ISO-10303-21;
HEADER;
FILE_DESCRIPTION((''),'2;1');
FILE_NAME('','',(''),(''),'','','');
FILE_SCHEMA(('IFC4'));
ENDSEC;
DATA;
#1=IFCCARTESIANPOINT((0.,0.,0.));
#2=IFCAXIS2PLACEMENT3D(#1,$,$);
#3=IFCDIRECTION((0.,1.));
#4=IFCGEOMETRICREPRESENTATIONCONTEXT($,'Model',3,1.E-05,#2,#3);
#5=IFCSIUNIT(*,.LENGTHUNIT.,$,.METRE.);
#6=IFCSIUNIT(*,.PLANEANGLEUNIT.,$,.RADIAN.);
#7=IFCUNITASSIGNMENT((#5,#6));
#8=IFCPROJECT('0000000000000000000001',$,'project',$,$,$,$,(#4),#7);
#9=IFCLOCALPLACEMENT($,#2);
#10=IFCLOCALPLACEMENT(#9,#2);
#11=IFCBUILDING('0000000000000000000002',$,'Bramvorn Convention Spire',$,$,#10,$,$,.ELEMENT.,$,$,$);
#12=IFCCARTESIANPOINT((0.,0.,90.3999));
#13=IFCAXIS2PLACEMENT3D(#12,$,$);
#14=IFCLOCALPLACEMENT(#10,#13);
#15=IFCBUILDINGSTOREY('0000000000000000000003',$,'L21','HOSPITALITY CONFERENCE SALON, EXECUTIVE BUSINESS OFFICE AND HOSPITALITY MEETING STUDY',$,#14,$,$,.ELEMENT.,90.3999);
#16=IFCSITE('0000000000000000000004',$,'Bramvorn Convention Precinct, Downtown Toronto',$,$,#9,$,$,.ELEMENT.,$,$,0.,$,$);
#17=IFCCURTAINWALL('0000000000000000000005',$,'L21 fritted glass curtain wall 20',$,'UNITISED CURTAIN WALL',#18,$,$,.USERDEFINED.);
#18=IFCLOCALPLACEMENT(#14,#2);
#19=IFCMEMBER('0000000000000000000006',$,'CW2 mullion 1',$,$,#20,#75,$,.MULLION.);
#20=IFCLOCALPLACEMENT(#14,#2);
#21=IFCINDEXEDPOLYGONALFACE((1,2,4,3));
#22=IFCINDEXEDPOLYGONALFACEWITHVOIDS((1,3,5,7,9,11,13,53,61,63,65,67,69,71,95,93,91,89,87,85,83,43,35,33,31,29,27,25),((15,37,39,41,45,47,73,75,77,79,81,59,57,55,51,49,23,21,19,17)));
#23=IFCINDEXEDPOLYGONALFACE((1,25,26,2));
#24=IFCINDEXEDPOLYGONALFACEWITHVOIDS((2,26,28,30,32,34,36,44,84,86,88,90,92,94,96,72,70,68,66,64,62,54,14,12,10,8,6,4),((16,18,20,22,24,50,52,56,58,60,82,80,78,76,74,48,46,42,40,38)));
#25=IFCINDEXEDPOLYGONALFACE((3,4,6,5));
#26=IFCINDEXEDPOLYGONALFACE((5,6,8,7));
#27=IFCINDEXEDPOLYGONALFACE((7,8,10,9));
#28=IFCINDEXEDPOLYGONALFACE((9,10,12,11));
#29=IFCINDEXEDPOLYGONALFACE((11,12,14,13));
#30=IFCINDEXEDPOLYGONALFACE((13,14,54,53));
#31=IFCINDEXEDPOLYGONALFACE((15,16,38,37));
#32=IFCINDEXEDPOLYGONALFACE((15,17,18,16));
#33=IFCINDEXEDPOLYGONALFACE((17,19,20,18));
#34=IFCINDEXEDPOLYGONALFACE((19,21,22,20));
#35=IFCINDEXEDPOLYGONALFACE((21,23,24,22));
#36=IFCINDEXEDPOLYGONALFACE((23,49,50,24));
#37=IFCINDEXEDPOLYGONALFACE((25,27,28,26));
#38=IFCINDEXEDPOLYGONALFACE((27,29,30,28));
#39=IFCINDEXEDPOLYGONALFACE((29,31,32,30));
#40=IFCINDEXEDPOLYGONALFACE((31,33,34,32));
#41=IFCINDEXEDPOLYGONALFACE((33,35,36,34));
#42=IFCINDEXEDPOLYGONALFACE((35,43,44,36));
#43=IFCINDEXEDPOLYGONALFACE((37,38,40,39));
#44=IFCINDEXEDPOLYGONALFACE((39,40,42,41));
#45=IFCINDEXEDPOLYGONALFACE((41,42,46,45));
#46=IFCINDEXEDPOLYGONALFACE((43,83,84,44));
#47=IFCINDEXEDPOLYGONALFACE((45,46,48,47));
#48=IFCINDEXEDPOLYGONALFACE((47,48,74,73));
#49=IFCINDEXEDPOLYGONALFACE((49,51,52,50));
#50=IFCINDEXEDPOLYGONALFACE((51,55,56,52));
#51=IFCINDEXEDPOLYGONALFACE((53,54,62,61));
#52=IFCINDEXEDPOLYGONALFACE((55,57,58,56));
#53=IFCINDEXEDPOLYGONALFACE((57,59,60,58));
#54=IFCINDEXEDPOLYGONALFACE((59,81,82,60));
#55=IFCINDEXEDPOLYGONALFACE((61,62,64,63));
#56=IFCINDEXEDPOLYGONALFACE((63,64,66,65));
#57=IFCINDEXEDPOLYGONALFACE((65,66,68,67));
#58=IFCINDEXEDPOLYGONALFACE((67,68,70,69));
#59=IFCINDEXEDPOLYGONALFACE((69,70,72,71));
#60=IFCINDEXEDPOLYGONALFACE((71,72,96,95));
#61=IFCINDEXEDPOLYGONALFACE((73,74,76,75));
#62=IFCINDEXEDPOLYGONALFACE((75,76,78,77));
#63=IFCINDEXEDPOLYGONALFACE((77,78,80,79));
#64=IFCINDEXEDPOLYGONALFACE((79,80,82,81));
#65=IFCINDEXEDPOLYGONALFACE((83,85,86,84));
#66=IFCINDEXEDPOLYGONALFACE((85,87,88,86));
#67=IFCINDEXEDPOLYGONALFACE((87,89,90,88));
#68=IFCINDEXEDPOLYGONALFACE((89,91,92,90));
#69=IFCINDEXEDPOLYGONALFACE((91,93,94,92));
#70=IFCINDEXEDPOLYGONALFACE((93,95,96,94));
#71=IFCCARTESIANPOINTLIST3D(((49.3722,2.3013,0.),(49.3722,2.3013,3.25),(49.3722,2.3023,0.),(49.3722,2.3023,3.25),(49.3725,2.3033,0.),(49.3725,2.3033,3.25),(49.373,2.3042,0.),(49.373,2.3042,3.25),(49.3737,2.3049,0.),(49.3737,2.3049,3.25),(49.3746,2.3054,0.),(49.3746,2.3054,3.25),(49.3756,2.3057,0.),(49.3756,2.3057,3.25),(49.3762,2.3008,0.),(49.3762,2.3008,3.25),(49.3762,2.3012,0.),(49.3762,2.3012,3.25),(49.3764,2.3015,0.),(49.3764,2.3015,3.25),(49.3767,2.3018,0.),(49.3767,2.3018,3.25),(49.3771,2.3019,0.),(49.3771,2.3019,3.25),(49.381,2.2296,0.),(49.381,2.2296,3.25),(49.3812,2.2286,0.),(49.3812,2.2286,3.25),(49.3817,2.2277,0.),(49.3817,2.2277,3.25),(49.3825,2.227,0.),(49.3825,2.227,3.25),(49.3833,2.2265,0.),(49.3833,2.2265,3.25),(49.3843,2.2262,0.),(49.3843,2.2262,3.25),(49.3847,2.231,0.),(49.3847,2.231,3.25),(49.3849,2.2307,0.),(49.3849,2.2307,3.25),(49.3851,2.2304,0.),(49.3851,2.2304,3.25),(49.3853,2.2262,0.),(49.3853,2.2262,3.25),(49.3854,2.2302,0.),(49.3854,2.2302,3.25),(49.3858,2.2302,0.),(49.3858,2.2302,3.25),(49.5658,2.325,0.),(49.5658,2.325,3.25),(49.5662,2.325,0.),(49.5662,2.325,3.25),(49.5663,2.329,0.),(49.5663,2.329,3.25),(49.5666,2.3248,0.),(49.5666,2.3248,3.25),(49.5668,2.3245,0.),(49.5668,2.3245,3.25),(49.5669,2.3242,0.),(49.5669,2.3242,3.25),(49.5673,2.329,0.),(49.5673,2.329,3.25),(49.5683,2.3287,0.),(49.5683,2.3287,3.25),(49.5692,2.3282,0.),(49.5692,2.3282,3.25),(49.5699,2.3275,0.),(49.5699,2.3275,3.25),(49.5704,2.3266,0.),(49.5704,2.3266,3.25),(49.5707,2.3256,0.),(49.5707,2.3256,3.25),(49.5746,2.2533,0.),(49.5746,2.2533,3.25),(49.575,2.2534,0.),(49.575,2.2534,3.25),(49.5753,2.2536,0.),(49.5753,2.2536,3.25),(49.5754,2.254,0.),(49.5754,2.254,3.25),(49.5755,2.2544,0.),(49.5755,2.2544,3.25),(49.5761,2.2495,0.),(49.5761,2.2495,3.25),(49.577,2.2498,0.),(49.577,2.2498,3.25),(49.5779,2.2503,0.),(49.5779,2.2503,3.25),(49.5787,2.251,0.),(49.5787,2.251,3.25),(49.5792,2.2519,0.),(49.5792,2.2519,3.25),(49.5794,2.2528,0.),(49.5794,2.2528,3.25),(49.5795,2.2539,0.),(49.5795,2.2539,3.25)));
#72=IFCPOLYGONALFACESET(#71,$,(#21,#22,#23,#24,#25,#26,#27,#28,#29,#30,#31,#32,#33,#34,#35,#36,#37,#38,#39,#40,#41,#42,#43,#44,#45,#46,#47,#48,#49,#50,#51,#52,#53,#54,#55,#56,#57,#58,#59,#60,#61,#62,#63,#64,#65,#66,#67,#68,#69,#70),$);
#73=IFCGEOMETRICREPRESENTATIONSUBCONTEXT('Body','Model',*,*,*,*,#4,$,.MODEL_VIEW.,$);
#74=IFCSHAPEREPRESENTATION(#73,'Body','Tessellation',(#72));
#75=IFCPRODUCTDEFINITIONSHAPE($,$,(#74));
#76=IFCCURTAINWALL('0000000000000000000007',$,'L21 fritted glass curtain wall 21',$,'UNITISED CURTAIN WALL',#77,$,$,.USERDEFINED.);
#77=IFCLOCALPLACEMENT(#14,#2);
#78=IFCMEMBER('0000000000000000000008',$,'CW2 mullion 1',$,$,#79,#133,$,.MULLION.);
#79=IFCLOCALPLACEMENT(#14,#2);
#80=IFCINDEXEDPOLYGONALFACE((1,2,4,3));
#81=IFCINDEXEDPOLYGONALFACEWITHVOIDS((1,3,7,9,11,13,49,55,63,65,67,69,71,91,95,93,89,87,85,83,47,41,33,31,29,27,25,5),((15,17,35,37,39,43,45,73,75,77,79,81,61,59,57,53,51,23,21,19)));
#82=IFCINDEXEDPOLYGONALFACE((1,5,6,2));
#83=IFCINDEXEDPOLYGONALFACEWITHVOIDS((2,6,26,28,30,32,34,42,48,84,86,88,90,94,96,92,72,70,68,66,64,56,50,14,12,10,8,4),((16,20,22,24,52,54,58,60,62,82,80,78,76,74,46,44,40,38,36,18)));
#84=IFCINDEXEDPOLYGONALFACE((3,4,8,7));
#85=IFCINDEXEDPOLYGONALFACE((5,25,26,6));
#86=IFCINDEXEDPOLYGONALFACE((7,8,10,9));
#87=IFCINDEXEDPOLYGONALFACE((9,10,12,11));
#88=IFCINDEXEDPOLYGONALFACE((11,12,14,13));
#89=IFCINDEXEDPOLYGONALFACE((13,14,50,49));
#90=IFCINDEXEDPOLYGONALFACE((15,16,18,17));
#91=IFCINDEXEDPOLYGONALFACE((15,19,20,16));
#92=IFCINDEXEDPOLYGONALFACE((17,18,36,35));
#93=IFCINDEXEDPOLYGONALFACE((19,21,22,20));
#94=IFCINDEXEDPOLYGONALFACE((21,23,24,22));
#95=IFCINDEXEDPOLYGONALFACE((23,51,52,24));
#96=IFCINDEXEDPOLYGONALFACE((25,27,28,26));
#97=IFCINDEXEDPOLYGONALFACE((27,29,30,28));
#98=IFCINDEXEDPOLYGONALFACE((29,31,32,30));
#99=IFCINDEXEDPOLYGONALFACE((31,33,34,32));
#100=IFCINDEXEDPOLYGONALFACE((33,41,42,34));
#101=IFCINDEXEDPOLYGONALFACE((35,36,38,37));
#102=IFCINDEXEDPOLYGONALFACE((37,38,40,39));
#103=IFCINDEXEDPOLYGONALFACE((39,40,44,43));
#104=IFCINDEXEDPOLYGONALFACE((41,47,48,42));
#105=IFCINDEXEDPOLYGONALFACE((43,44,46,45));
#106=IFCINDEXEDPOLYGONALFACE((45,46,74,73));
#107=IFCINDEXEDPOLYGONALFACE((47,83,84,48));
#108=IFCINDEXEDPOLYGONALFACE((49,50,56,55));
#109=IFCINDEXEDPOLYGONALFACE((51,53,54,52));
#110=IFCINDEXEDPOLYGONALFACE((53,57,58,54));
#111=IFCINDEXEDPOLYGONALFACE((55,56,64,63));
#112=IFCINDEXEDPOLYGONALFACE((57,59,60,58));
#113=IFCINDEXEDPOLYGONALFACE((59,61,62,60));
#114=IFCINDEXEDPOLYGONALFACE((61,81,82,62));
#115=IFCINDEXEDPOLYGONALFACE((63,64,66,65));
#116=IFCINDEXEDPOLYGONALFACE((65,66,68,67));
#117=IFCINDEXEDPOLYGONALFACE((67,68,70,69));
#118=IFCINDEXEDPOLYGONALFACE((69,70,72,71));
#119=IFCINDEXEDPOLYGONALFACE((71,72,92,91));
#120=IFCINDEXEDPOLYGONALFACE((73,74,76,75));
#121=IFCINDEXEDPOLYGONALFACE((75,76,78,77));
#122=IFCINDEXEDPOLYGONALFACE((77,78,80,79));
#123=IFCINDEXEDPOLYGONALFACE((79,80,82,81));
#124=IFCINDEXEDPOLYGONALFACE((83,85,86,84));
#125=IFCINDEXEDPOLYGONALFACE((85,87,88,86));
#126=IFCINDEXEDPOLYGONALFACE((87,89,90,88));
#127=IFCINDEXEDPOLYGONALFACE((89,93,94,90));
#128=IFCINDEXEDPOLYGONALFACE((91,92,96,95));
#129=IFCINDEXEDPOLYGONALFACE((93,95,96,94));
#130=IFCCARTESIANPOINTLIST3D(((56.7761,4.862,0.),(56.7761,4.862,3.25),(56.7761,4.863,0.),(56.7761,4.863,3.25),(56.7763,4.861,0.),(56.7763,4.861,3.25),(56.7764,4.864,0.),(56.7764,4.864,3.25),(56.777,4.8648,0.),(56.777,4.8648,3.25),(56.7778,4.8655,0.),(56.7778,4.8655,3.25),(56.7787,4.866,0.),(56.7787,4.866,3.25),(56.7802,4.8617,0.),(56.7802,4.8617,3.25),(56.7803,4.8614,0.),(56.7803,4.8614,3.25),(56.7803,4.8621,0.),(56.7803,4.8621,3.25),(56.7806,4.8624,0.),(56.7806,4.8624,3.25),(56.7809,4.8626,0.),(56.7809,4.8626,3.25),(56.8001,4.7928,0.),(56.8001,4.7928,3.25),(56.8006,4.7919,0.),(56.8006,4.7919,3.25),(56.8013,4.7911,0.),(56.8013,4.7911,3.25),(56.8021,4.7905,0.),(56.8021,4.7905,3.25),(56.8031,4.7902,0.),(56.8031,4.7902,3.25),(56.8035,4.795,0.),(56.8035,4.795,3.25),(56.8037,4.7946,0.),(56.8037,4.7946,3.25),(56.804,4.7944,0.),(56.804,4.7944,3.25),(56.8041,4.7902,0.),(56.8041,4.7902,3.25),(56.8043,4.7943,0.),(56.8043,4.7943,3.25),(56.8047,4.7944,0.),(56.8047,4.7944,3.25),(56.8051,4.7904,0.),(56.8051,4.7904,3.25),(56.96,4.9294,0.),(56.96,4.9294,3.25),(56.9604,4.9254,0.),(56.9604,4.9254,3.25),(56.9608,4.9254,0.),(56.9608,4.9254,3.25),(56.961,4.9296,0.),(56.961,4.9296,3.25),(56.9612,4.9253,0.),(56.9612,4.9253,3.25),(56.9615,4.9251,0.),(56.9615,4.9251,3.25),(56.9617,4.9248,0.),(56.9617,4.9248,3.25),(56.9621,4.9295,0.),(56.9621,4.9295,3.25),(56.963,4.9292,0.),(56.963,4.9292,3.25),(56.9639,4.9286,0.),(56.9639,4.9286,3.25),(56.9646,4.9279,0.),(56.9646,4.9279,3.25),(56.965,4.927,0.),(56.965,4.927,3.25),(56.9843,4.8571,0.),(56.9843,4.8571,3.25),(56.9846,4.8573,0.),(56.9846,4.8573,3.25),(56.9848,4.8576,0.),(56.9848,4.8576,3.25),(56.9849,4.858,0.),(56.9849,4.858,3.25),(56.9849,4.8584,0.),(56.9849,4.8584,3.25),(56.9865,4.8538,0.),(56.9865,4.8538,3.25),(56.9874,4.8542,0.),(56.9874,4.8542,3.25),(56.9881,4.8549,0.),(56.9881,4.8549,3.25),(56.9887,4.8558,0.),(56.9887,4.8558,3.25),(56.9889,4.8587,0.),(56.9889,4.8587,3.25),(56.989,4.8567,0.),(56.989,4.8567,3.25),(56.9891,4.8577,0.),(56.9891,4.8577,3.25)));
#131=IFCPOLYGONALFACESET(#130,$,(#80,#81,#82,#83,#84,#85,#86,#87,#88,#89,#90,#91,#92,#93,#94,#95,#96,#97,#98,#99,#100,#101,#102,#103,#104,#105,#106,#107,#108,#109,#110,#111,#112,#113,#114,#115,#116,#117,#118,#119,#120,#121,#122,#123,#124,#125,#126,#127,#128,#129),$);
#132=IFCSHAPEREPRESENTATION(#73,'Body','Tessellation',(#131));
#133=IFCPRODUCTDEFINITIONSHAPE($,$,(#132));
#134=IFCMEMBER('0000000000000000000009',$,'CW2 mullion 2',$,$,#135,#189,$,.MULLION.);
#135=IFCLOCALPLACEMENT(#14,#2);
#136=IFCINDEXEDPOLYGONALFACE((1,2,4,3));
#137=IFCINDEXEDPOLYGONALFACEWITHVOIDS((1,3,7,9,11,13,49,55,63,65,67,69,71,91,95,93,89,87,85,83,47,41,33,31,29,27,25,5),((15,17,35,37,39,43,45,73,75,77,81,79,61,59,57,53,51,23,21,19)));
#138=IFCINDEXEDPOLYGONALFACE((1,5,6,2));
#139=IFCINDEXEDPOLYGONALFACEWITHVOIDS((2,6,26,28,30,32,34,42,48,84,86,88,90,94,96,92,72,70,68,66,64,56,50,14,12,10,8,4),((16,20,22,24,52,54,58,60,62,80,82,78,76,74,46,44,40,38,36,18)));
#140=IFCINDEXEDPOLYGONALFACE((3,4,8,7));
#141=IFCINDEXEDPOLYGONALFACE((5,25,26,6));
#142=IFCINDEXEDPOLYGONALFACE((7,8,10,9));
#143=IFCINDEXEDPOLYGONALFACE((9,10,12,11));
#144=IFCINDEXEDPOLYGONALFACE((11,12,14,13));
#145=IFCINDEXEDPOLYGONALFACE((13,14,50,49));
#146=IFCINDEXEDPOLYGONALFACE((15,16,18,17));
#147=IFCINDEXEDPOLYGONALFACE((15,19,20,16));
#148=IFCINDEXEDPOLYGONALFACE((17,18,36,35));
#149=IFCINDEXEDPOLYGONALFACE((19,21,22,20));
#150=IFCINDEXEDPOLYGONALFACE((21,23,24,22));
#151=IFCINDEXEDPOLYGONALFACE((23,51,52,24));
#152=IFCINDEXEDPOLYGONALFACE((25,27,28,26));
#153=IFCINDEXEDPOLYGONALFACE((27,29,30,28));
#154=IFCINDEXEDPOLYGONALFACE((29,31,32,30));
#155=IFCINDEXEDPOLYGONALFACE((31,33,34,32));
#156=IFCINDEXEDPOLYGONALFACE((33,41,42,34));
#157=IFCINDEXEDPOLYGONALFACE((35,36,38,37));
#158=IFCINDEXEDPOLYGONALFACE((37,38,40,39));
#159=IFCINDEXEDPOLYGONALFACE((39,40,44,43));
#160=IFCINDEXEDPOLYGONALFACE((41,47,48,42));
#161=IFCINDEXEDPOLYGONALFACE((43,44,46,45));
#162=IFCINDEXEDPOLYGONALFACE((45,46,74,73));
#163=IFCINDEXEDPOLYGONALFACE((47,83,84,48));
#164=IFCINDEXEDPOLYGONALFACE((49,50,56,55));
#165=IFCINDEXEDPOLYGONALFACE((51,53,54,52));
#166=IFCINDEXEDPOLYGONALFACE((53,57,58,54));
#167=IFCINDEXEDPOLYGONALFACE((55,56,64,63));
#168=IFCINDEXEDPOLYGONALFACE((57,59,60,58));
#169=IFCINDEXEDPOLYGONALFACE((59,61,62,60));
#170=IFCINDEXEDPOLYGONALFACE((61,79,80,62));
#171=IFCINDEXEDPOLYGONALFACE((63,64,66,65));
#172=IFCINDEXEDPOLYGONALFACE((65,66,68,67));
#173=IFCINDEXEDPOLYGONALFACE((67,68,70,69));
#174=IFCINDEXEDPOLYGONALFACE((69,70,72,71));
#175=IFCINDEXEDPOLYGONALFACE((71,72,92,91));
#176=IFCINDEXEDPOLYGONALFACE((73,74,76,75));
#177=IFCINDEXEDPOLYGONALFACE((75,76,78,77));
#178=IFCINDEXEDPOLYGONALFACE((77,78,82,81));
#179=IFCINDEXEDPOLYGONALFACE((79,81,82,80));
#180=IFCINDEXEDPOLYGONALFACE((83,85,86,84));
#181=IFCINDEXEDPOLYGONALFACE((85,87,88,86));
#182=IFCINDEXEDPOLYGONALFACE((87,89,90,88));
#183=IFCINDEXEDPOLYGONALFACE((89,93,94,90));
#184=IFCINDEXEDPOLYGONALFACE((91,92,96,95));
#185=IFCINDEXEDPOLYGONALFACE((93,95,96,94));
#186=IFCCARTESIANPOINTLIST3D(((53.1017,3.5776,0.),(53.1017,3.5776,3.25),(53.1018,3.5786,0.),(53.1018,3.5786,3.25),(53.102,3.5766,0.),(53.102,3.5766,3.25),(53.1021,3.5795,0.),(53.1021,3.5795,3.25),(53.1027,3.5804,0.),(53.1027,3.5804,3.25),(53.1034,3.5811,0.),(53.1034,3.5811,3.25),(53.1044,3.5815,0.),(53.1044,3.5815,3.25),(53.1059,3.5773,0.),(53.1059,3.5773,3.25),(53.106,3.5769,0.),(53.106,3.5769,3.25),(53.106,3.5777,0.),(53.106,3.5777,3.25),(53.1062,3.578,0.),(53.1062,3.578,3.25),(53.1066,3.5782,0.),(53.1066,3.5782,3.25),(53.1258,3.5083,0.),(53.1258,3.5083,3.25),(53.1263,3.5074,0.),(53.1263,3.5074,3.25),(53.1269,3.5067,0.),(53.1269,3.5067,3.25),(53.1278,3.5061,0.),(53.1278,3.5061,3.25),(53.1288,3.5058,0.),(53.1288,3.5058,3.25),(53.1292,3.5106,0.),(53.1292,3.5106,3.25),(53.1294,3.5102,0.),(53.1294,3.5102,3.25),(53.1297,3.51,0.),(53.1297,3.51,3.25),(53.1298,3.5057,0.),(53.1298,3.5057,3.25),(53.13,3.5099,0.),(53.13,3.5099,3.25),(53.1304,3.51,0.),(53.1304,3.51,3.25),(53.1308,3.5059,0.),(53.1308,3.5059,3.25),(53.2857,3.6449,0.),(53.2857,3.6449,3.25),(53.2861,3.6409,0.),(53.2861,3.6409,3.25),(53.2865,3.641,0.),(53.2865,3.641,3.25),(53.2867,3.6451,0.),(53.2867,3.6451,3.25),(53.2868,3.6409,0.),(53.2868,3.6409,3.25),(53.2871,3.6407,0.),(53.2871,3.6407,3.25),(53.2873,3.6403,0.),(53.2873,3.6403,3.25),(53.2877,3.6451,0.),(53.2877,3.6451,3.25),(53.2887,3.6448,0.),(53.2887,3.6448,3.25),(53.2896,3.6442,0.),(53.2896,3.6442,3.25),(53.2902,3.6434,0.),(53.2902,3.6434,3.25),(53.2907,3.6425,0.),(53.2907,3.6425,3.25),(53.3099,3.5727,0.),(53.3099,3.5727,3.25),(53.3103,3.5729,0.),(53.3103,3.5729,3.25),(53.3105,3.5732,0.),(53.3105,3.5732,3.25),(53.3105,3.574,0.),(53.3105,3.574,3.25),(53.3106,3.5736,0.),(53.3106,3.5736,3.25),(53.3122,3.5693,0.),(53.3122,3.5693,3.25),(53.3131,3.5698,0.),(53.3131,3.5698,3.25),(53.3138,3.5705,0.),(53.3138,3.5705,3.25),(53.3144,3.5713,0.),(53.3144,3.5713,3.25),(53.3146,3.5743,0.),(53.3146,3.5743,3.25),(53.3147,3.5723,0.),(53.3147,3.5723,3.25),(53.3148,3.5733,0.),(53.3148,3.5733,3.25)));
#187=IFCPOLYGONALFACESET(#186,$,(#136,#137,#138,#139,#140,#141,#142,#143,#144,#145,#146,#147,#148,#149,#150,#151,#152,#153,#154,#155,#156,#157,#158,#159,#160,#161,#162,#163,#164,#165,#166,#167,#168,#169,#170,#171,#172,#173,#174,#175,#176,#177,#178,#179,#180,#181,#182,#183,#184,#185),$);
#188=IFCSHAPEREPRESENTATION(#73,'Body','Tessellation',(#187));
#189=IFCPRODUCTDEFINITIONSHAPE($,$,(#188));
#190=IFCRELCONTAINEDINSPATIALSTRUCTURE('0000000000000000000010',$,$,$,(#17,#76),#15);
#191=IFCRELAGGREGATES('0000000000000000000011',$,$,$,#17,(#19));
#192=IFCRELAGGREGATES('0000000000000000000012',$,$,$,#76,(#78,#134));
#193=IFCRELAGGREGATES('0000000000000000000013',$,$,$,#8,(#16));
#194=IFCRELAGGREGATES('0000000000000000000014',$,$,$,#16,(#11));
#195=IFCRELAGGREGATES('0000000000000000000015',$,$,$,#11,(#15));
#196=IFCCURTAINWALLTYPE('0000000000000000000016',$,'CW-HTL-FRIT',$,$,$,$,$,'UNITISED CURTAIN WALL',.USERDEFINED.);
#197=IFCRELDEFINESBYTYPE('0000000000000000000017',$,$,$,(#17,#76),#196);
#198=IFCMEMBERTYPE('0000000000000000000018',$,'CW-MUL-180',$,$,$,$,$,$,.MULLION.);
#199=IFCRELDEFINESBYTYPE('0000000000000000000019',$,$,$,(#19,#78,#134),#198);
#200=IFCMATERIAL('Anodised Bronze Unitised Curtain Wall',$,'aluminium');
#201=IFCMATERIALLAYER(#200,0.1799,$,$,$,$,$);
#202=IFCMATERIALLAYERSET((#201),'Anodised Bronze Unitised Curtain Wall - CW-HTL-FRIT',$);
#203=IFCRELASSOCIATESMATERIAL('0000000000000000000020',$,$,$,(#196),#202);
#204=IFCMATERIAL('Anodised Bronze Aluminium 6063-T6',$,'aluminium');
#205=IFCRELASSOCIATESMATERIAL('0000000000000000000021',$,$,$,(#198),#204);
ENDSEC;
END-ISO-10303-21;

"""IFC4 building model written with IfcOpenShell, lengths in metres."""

from ifc_helpers import new_model, si_unit, direction, frame, origin, origin_2d, place, context, subcontext, project, spatial, hollow_rectangle, extrude, material, layer, layer_set, material_profile, profile_set, type_object, element, aggregate, save


model = new_model("IFC4")

# Units and contexts
model_context = context("Model", 3, precision=1e-05, world=origin(), true_north=direction((0.0, 1.0)))
body_context = subcontext(model_context, "Body", "Model", "MODEL_VIEW")
ifc_project = project(units=[si_unit("LENGTHUNIT", "METRE"), si_unit("PLANEANGLEUNIT", "RADIAN")], contexts=[model_context])

# Site, building, storey
site_placement = place(None, origin())
site = spatial("IfcSite", under=ifc_project, at=site_placement, Name="Bramvorn Convention Precinct, Downtown Toronto", CompositionType="ELEMENT", RefElevation=0.0)
building_placement = place(site_placement, origin())
building = spatial("IfcBuilding", under=site, at=building_placement, Name="Bramvorn Convention Spire", CompositionType="ELEMENT")
storey_placement = place(building_placement, frame((0.0, 0.0, 90.3999)))
storey = spatial("IfcBuildingStorey", under=building, at=storey_placement, Name="L21", Description="HOSPITALITY CONFERENCE SALON, EXECUTIVE BUSINESS OFFICE AND HOSPITALITY MEETING STUDY", CompositionType="ELEMENT", Elevation=90.3999)

# Curtain wall, member
ifc_material_1 = material(Name="Anodised Bronze Unitised Curtain Wall", Category="aluminium")
ifc_layer_1 = layer(ifc_material_1, 0.1799)
ifc_layer_set_1 = layer_set([ifc_layer_1], Name="Anodised Bronze Unitised Curtain Wall - CW-HTL-FRIT")
curtain_wall_type = type_object("IfcCurtainWallType", Name="CW-HTL-FRIT", ElementType="UNITISED CURTAIN WALL", PredefinedType="USERDEFINED", material=ifc_layer_set_1)
curtain_wall_1_placement = place(storey_placement, origin())
curtain_wall_1 = element("IfcCurtainWall", 1, at=curtain_wall_1_placement, inside=storey, type_object=curtain_wall_type, Name="L21 fritted glass curtain wall 20", ObjectType="UNITISED CURTAIN WALL", PredefinedType="USERDEFINED")
ifc_material_2 = material(Name="Anodised Bronze Aluminium 6063-T6", Category="aluminium")
ifc_material_profile_1 = material_profile(ifc_material_2, hollow_rectangle(XDim=0.0801, YDim=0.2, WallThickness=0.0039, InnerFilletRadius=0.001, OuterFilletRadius=0.0039, at=origin_2d()))
ifc_profile_set_1 = profile_set([ifc_material_profile_1], Name="Anodised Bronze Aluminium 6063-T6 - CWM80X200")
member_type_1 = type_object("IfcMemberType", Name="CW-MUL-180", PredefinedType="MULLION", material=ifc_profile_set_1)
member_1_placement = place(storey_placement, frame((49.4758, 2.2776, 0.0), z_axis=(0.0, 0.0, 1.0), x_axis=(0.121457, -0.992597, 0.0)))
member_1 = element("IfcMember", 2, at=member_1_placement, type_object=member_type_1, Name="CW2 mullion 1", PredefinedType="MULLION", context=body_context, shape_type="SweptSolid", body=[
    extrude(hollow_rectangle(XDim=0.0801, YDim=0.2, WallThickness=0.0039, InnerFilletRadius=0.001, OuterFilletRadius=0.0039, at=origin_2d()), origin(), (0.0, 0.0, 1.0), 3.25),
])

# Curtain wall, members
curtain_wall_2_placement = place(storey_placement, origin())
curtain_wall_2 = element("IfcCurtainWall", 3, at=curtain_wall_2_placement, inside=storey, type_object=curtain_wall_type, Name="L21 fritted glass curtain wall 21", ObjectType="UNITISED CURTAIN WALL", PredefinedType="USERDEFINED")
member_2_placement = place(storey_placement, frame((56.8826, 4.8599, 0.0), z_axis=(0.0, 0.0, 1.0), x_axis=(0.329973, -0.94399, 0.0)))
member_2 = element("IfcMember", 4, at=member_2_placement, type_object=member_type_1, Name="CW2 mullion 1", PredefinedType="MULLION", context=body_context, shape_type="SweptSolid", body=[
    extrude(hollow_rectangle(XDim=0.0801, YDim=0.2, WallThickness=0.0039, InnerFilletRadius=0.001, OuterFilletRadius=0.0039, at=origin_2d()), origin(), (0.0, 0.0, 1.0), 3.25),
])
member_3_placement = place(storey_placement, frame((53.2083, 3.5754, 0.0), z_axis=(0.0, 0.0, 1.0), x_axis=(0.329973, -0.94399, 0.0)))
member_3 = element("IfcMember", 5, at=member_3_placement, type_object=member_type_1, Name="CW2 mullion 2", PredefinedType="MULLION", context=body_context, shape_type="SweptSolid", body=[
    extrude(hollow_rectangle(XDim=0.0801, YDim=0.2, WallThickness=0.0039, InnerFilletRadius=0.001, OuterFilletRadius=0.0039, at=origin_2d()), origin(), (0.0, 0.0, 1.0), 3.25),
])

aggregate(curtain_wall_1, [member_1])

aggregate(curtain_wall_2, [member_2, member_3])

save(model, "model.ifc")
